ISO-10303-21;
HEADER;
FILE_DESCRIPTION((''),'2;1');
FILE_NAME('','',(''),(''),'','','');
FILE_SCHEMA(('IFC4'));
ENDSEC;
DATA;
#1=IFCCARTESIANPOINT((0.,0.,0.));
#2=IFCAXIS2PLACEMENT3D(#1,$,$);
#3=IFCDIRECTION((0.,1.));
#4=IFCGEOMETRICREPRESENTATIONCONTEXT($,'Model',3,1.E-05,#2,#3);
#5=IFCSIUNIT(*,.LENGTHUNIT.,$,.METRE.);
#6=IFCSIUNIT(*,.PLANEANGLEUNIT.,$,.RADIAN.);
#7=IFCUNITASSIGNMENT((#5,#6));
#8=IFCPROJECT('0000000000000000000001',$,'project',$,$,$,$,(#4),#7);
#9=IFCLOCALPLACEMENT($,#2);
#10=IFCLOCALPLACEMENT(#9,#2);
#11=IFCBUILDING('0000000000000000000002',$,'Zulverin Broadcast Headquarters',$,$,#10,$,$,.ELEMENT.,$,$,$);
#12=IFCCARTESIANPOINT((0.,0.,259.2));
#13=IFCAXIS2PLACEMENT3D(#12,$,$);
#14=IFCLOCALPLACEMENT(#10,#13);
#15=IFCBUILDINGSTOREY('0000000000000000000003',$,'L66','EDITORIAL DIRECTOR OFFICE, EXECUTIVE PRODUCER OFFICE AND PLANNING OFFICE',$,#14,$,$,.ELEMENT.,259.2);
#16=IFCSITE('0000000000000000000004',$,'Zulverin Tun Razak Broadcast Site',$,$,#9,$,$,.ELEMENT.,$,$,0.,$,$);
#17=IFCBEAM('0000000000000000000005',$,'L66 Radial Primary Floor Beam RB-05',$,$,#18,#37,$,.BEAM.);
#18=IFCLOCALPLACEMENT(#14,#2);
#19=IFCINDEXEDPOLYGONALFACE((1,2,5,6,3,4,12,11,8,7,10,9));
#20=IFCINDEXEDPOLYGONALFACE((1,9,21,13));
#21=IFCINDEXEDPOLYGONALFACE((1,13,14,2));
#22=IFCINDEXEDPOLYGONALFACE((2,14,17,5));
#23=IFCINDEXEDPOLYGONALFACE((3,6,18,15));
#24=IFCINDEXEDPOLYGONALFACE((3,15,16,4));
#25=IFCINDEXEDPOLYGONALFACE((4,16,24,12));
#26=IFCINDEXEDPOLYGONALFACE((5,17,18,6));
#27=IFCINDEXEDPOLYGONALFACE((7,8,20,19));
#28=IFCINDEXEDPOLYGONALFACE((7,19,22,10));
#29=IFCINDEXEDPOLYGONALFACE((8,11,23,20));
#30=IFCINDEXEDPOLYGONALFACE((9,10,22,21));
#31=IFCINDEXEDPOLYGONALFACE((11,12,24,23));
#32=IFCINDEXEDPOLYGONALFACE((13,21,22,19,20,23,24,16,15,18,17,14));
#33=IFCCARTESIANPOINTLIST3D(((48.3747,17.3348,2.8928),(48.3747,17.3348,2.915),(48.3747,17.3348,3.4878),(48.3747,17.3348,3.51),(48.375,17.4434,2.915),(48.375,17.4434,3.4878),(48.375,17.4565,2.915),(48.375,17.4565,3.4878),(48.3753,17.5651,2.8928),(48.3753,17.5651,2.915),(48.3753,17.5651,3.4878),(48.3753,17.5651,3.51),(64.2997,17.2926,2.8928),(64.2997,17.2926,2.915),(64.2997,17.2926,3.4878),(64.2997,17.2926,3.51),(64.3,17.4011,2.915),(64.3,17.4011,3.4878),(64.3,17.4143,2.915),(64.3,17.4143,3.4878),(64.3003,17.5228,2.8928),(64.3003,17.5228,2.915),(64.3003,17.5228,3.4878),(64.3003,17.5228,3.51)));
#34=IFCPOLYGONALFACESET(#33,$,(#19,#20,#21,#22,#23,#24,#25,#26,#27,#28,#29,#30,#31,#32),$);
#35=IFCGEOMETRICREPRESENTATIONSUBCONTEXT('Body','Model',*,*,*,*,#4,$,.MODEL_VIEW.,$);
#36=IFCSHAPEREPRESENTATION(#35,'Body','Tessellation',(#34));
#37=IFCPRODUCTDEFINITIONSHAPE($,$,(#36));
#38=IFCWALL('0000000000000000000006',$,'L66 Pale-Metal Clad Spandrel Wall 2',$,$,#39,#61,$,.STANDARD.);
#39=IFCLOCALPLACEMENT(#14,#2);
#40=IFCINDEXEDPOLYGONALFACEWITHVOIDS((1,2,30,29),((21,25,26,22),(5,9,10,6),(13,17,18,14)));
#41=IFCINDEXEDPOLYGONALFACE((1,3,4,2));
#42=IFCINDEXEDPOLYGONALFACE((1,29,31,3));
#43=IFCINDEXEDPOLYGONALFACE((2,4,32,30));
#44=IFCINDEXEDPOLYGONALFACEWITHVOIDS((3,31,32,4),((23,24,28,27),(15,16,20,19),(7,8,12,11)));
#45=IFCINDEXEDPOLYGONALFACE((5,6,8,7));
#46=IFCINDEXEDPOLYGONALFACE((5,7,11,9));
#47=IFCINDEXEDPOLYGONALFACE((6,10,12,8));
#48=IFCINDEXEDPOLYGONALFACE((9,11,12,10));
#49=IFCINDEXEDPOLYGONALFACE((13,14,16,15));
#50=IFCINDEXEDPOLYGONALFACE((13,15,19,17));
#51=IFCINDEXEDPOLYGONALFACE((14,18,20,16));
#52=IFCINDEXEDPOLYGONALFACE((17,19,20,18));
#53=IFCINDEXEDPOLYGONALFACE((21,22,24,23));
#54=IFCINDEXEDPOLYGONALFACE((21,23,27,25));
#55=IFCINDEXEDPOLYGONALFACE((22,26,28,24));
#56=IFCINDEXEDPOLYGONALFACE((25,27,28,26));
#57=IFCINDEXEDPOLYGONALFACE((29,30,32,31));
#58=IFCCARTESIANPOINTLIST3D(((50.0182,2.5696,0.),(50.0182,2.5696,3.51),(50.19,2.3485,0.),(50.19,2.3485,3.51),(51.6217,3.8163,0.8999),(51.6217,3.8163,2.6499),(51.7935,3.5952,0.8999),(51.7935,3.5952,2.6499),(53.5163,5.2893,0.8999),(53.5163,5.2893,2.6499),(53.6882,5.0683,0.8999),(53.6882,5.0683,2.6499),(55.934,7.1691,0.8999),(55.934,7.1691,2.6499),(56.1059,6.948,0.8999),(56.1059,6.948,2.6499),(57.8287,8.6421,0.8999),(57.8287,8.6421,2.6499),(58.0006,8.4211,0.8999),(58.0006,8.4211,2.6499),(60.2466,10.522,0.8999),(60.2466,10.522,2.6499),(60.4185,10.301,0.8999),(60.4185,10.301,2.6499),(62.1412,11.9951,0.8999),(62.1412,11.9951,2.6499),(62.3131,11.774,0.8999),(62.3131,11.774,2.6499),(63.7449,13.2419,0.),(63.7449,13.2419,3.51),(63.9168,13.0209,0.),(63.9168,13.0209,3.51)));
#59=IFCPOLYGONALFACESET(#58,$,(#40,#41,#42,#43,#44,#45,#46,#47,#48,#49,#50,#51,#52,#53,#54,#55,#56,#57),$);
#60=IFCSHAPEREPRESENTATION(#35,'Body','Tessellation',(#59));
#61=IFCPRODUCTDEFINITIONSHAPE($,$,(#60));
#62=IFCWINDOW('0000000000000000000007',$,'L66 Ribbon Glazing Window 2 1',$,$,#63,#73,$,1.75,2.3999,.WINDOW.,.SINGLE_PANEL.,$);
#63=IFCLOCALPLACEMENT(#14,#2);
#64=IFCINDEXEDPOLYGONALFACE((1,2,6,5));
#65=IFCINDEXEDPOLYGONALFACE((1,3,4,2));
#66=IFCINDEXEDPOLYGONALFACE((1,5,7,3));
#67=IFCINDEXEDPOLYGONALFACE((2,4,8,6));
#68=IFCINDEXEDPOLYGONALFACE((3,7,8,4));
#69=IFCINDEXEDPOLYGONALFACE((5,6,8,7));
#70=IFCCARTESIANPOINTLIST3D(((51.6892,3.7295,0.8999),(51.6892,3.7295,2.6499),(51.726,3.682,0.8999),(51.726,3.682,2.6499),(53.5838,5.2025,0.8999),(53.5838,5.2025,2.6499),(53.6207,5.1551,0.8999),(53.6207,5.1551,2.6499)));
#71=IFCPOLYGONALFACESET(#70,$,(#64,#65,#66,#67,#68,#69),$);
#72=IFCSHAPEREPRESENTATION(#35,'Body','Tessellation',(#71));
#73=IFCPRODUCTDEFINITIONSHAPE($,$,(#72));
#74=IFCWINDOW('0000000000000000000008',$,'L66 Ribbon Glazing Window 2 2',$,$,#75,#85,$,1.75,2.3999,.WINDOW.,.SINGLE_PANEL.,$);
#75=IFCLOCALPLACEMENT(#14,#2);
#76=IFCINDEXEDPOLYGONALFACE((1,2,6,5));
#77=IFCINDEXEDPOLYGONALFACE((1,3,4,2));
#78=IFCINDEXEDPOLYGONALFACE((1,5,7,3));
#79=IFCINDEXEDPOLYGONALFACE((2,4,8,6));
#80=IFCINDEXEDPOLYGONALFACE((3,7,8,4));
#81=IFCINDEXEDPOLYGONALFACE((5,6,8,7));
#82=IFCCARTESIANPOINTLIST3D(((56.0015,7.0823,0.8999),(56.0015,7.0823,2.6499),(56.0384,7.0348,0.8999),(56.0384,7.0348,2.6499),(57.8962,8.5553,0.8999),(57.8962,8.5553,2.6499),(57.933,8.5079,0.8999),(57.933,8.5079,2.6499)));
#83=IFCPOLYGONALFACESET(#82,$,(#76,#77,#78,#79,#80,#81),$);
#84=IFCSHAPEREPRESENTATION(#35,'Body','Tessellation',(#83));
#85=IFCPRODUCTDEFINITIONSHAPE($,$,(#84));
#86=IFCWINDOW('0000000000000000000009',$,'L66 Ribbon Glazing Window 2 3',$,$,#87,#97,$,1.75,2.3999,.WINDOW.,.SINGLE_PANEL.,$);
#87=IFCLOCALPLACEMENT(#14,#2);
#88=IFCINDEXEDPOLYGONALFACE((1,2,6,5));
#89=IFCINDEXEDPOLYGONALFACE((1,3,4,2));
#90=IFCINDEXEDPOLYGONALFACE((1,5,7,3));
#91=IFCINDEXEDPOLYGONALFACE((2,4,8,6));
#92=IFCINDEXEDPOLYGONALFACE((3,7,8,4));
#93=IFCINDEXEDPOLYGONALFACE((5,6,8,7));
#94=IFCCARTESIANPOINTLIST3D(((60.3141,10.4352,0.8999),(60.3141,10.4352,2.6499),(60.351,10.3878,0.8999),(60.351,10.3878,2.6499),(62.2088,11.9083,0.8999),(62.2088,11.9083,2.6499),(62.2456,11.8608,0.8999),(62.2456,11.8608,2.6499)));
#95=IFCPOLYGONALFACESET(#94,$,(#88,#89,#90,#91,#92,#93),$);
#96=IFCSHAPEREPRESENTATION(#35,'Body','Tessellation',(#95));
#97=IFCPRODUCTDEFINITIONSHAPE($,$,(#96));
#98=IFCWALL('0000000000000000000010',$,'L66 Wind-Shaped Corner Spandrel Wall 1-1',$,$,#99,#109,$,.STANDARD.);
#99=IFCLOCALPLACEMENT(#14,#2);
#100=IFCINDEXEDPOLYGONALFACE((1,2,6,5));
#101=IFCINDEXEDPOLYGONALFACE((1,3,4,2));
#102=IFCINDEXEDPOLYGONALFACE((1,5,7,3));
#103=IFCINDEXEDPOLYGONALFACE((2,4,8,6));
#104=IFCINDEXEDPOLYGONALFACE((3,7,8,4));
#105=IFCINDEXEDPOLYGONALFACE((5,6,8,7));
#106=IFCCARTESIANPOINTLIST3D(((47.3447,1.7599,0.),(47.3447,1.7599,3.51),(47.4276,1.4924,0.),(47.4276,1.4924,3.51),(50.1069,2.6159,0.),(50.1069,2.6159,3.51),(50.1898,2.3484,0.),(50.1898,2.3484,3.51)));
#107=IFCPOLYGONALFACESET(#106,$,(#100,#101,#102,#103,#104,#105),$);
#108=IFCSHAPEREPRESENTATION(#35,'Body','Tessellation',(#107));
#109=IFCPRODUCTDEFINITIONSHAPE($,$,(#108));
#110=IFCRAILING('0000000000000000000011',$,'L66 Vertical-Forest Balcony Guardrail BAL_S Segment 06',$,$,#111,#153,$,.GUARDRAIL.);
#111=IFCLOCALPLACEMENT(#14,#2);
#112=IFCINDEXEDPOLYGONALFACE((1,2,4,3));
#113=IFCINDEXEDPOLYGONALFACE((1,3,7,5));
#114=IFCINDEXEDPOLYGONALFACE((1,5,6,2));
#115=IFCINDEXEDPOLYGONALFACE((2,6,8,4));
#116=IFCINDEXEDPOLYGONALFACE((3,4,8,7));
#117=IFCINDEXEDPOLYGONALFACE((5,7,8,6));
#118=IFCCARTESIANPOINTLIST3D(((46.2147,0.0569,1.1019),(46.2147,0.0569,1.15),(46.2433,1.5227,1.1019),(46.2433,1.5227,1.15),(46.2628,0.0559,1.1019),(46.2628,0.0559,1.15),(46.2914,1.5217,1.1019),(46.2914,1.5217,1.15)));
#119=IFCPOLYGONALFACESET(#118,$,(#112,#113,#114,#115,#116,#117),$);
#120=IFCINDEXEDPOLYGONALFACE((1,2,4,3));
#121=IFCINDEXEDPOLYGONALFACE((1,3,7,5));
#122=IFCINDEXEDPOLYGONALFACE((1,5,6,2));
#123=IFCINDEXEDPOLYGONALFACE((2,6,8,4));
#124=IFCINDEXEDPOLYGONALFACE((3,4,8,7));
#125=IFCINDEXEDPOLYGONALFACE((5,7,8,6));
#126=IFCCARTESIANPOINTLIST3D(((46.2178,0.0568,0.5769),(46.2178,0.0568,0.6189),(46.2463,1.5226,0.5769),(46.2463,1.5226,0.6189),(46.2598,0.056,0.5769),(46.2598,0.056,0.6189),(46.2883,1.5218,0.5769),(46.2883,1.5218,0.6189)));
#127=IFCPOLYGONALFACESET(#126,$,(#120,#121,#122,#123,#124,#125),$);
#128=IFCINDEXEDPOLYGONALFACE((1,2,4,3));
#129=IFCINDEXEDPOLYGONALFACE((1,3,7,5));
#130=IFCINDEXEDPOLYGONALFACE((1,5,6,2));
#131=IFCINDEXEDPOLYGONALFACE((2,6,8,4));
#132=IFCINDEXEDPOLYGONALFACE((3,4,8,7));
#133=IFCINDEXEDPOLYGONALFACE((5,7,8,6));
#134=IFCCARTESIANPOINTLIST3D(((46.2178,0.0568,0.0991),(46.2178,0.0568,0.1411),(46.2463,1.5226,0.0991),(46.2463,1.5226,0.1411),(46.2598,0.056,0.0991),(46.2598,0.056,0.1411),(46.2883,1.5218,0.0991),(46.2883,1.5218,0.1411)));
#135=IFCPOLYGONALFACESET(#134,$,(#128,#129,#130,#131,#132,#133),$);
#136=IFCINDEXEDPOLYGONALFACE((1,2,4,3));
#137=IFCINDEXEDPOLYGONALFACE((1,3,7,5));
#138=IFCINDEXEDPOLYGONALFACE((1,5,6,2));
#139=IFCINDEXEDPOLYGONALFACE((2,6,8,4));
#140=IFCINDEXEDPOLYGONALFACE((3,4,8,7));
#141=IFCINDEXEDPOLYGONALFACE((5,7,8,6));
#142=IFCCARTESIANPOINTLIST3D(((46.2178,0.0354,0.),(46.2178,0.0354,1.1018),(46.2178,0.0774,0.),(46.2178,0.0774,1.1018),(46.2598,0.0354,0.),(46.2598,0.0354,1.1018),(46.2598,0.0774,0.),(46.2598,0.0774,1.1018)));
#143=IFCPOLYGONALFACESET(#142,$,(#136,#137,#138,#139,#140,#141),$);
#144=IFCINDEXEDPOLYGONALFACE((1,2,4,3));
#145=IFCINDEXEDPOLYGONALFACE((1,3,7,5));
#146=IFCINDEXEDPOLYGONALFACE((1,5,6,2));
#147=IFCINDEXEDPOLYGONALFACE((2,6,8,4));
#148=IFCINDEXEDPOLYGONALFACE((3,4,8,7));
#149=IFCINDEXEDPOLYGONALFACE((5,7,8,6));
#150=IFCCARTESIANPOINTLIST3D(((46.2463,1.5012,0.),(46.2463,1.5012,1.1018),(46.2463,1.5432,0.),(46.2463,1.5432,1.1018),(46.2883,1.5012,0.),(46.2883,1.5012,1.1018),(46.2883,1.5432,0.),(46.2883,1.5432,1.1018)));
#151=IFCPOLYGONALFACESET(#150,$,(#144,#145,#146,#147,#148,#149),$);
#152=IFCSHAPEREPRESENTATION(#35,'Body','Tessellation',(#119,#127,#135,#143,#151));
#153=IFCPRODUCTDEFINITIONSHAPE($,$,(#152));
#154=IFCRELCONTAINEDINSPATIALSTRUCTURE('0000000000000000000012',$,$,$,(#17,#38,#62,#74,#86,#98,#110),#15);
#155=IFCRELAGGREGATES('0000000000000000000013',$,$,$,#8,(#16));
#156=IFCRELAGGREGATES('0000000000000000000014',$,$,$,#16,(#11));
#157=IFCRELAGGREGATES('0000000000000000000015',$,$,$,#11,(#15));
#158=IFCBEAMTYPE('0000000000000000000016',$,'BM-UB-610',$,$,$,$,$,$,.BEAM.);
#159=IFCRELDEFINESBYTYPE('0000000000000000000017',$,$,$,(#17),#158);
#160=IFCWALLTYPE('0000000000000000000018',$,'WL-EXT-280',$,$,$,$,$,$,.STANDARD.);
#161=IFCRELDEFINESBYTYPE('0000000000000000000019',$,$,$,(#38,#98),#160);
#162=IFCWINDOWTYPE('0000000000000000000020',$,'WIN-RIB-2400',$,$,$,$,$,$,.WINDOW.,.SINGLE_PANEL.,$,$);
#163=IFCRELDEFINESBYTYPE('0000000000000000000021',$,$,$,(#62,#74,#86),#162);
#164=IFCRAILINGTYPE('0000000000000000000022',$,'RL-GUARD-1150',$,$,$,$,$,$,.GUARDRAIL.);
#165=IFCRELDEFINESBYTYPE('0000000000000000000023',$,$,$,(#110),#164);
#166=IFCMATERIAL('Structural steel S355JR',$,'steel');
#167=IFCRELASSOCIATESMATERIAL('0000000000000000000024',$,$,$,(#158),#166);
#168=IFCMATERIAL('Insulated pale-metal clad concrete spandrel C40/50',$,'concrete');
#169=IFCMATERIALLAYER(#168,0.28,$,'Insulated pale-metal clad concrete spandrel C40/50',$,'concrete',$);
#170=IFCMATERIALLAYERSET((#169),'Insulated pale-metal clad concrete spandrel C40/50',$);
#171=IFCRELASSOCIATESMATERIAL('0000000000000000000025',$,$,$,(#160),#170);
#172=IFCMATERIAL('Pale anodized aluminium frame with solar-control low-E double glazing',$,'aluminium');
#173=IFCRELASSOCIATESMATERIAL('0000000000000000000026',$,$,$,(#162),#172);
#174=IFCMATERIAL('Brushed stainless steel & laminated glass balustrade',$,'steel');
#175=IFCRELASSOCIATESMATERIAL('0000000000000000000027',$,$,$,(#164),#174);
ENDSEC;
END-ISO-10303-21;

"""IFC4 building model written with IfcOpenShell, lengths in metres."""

from ifc_helpers import new_model, si_unit, direction, frame, frame_2d, origin, origin_2d, place, context, subcontext, project, spatial, rectangle, i_section, extrude, material, layer, layer_set, material_profile, profile_set, type_object, element, fill, save


model = new_model("IFC4")

# Units and contexts
model_context = context("Model", 3, precision=1e-05, world=origin(), true_north=direction((0.0, 1.0)))
body_context = subcontext(model_context, "Body", "Model", "MODEL_VIEW")
ifc_project = project(units=[si_unit("LENGTHUNIT", "METRE"), si_unit("PLANEANGLEUNIT", "RADIAN")], contexts=[model_context])

# Site, building, storey
site_placement = place(None, origin())
site = spatial("IfcSite", under=ifc_project, at=site_placement, Name="Zulverin Tun Razak Broadcast Site", CompositionType="ELEMENT", RefElevation=0.0)
building_placement = place(site_placement, origin())
building = spatial("IfcBuilding", under=site, at=building_placement, Name="Zulverin Broadcast Headquarters", CompositionType="ELEMENT")
storey_placement = place(building_placement, frame((0.0, 0.0, 259.2)))
storey = spatial("IfcBuildingStorey", under=building, at=storey_placement, Name="L66", Description="EDITORIAL DIRECTOR OFFICE, EXECUTIVE PRODUCER OFFICE AND PLANNING OFFICE", CompositionType="ELEMENT", Elevation=259.2)

# Beam
ifc_material_1 = material(Name="Structural steel S355JR", Category="steel")
ifc_material_profile_1 = material_profile(ifc_material_1, i_section(OverallWidth=0.2302, OverallDepth=0.6172, WebThickness=0.0132, FlangeThickness=0.0222, at=origin_2d()), Name="Structural steel S355JR", Category="steel")
ifc_profile_set_1 = profile_set([ifc_material_profile_1], Name="Structural steel S355JR")
beam_type_1 = type_object("IfcBeamType", Name="BM-UB-610", PredefinedType="BEAM", material=ifc_profile_set_1)
beam_1_placement = place(storey_placement, frame((48.375, 17.45, 3.2014), z_axis=(0.999996, -0.002652, 0.0), x_axis=(0.002652, 0.999996, 0.0)))
element("IfcBeam", 1, at=beam_1_placement, inside=storey, type_object=beam_type_1, Name="L66 Radial Primary Floor Beam RB-05", PredefinedType="BEAM", context=body_context, shape_type="SweptSolid", body=[
    extrude(i_section(OverallWidth=0.2302, OverallDepth=0.6172, WebThickness=0.0132, FlangeThickness=0.0222, at=origin_2d()), origin(), (0.0, 0.0, 1.0), 15.925),
])

# Wall, openings, windows
ifc_material_2 = material(Name="Insulated pale-metal clad concrete spandrel C40/50", Category="concrete")
ifc_layer_1 = layer(ifc_material_2, 0.28, Name="Insulated pale-metal clad concrete spandrel C40/50", Category="concrete")
ifc_layer_set_1 = layer_set([ifc_layer_1], Name="Insulated pale-metal clad concrete spandrel C40/50")
wall_type_1 = type_object("IfcWallType", Name="WL-EXT-280", PredefinedType="STANDARD", material=ifc_layer_set_1)
wall_1_placement = place(storey_placement, frame((50.104, 2.459, 0.0), z_axis=(0.0, 0.0, 1.0), x_axis=(0.789465, 0.613796, 0.0)))
wall_1 = element("IfcWall", 2, at=wall_1_placement, inside=storey, type_object=wall_type_1, Name="L66 Pale-Metal Clad Spandrel Wall 2", PredefinedType="STANDARD", context=body_context, shape_type="SweptSolid", body=[
    extrude(rectangle(XDim=17.3875, YDim=0.28, at=frame_2d((8.6938, 0.0))), origin(), (0.0, 0.0, 1.0), 3.51),
])
opening_1_placement = place(wall_1_placement, frame((2.0312, 0.0, 0.8999)))
opening_1 = element("IfcOpeningElement", 3, at=opening_1_placement, cuts=wall_1, PredefinedType="OPENING", context=body_context, shape_type="SweptSolid", body=[
    extrude(rectangle(XDim=2.3999, YDim=1.75, at=frame_2d((1.2, 0.875))), frame((0.0, 0.1499, 0.0), z_axis=(0.0, -1.0, 0.0), x_axis=(1.0, 0.0, 0.0)), (0.0, 0.0, 1.0), 0.3),
])
opening_2_placement = place(wall_1_placement, frame((7.4937, 0.0, 0.8999)))
opening_2 = element("IfcOpeningElement", 4, at=opening_2_placement, cuts=wall_1, PredefinedType="OPENING", context=body_context, shape_type="SweptSolid", body=[
    extrude(rectangle(XDim=2.3999, YDim=1.75, at=frame_2d((1.2, 0.875))), frame((0.0, 0.1499, 0.0), z_axis=(0.0, -1.0, 0.0), x_axis=(1.0, 0.0, 0.0)), (0.0, 0.0, 1.0), 0.3),
])
opening_3_placement = place(wall_1_placement, frame((12.9563, 0.0, 0.8999)))
opening_3 = element("IfcOpeningElement", 5, at=opening_3_placement, cuts=wall_1, PredefinedType="OPENING", context=body_context, shape_type="SweptSolid", body=[
    extrude(rectangle(XDim=2.3999, YDim=1.75, at=frame_2d((1.2, 0.875))), frame((0.0, 0.1499, 0.0), z_axis=(0.0, -1.0, 0.0), x_axis=(1.0, 0.0, 0.0)), (0.0, 0.0, 1.0), 0.3),
])
ifc_material_3 = material(Name="Pale anodized aluminium frame with solar-control low-E double glazing", Category="aluminium")
window_type = type_object("IfcWindowType", Name="WIN-RIB-2400", PartitioningType="SINGLE_PANEL", PredefinedType="WINDOW", material=ifc_material_3)
window_1_placement = place(opening_1_placement, origin())
window_1 = element("IfcWindow", 6, at=window_1_placement, inside=storey, type_object=window_type, Name="L66 Ribbon Glazing Window 2 1", OverallHeight=1.75, OverallWidth=2.3999, PartitioningType="SINGLE_PANEL", PredefinedType="WINDOW", context=body_context, shape_type="SweptSolid", body=[
    extrude(rectangle(XDim=2.3999, YDim=1.75, at=frame_2d((1.2, 0.875))), frame((0.0, 0.03, 0.0), z_axis=(0.0, -1.0, 0.0), x_axis=(1.0, 0.0, 0.0)), (0.0, 0.0, 1.0), 0.0601),
])
fill(opening_1, window_1)
window_2_placement = place(opening_2_placement, origin())
window_2 = element("IfcWindow", 7, at=window_2_placement, inside=storey, type_object=window_type, Name="L66 Ribbon Glazing Window 2 2", OverallHeight=1.75, OverallWidth=2.3999, PartitioningType="SINGLE_PANEL", PredefinedType="WINDOW", context=body_context, shape_type="SweptSolid", body=[
    extrude(rectangle(XDim=2.3999, YDim=1.75, at=frame_2d((1.2, 0.875))), frame((0.0, 0.03, 0.0), z_axis=(0.0, -1.0, 0.0), x_axis=(1.0, 0.0, 0.0)), (0.0, 0.0, 1.0), 0.0601),
])
fill(opening_2, window_2)
window_3_placement = place(opening_3_placement, origin())
window_3 = element("IfcWindow", 8, at=window_3_placement, inside=storey, type_object=window_type, Name="L66 Ribbon Glazing Window 2 3", OverallHeight=1.75, OverallWidth=2.3999, PartitioningType="SINGLE_PANEL", PredefinedType="WINDOW", context=body_context, shape_type="SweptSolid", body=[
    extrude(rectangle(XDim=2.3999, YDim=1.75, at=frame_2d((1.2, 0.875))), frame((0.0, 0.03, 0.0), z_axis=(0.0, -1.0, 0.0), x_axis=(1.0, 0.0, 0.0)), (0.0, 0.0, 1.0), 0.0601),
])
fill(opening_3, window_3)

# Wall
wall_2_placement = place(storey_placement, frame((47.3862, 1.6262, 0.0), z_axis=(0.0, 0.0, 1.0), x_axis=(0.955189, 0.295996, 0.0)))
element("IfcWall", 9, at=wall_2_placement, inside=storey, type_object=wall_type_1, Name="L66 Wind-Shaped Corner Spandrel Wall 1-1", PredefinedType="STANDARD", context=body_context, shape_type="SweptSolid", body=[
    extrude(rectangle(XDim=2.8918, YDim=0.28, at=frame_2d((1.4458, 0.0))), origin(), (0.0, 0.0, 1.0), 3.51),
])

# Railing
ifc_material_4 = material(Name="Brushed stainless steel & laminated glass balustrade", Category="steel")
railing_type = type_object("IfcRailingType", Name="RL-GUARD-1150", PredefinedType="GUARDRAIL", material=ifc_material_4)
railing_placement = place(storey_placement, frame((46.2388, 0.0564, 0.0)))
element("IfcRailing", 10, at=railing_placement, inside=storey, type_object=railing_type, Name="L66 Vertical-Forest Balcony Guardrail BAL_S Segment 06", PredefinedType="GUARDRAIL", context=body_context, shape_type="SweptSolid", body=[
    extrude(rectangle(XDim=0.0481, YDim=0.0481, at=origin_2d()), frame((0.0, 0.0, 1.126), z_axis=(0.019483, 0.99981, 0.0), x_axis=(-0.99981, 0.019483, 0.0)), (0.0, 0.0, 1.0), 1.4661),
    extrude(rectangle(XDim=0.042, YDim=0.042, at=origin_2d()), frame((0.0, 0.0, 0.5979), z_axis=(0.019483, 0.99981, 0.0), x_axis=(-0.99981, 0.019483, 0.0)), (0.0, 0.0, 1.0), 1.4661),
    extrude(rectangle(XDim=0.042, YDim=0.042, at=origin_2d()), frame((0.0, 0.0, 0.1201), z_axis=(0.019483, 0.99981, 0.0), x_axis=(-0.99981, 0.019483, 0.0)), (0.0, 0.0, 1.0), 1.4661),
    extrude(rectangle(XDim=0.042, YDim=0.042, at=origin_2d()), origin(), (0.0, 0.0, 1.0), 1.1018),
    extrude(rectangle(XDim=0.042, YDim=0.042, at=origin_2d()), frame((0.0286, 1.4658, 0.0)), (0.0, 0.0, 1.0), 1.1018),
])

save(model, "model.ifc")
